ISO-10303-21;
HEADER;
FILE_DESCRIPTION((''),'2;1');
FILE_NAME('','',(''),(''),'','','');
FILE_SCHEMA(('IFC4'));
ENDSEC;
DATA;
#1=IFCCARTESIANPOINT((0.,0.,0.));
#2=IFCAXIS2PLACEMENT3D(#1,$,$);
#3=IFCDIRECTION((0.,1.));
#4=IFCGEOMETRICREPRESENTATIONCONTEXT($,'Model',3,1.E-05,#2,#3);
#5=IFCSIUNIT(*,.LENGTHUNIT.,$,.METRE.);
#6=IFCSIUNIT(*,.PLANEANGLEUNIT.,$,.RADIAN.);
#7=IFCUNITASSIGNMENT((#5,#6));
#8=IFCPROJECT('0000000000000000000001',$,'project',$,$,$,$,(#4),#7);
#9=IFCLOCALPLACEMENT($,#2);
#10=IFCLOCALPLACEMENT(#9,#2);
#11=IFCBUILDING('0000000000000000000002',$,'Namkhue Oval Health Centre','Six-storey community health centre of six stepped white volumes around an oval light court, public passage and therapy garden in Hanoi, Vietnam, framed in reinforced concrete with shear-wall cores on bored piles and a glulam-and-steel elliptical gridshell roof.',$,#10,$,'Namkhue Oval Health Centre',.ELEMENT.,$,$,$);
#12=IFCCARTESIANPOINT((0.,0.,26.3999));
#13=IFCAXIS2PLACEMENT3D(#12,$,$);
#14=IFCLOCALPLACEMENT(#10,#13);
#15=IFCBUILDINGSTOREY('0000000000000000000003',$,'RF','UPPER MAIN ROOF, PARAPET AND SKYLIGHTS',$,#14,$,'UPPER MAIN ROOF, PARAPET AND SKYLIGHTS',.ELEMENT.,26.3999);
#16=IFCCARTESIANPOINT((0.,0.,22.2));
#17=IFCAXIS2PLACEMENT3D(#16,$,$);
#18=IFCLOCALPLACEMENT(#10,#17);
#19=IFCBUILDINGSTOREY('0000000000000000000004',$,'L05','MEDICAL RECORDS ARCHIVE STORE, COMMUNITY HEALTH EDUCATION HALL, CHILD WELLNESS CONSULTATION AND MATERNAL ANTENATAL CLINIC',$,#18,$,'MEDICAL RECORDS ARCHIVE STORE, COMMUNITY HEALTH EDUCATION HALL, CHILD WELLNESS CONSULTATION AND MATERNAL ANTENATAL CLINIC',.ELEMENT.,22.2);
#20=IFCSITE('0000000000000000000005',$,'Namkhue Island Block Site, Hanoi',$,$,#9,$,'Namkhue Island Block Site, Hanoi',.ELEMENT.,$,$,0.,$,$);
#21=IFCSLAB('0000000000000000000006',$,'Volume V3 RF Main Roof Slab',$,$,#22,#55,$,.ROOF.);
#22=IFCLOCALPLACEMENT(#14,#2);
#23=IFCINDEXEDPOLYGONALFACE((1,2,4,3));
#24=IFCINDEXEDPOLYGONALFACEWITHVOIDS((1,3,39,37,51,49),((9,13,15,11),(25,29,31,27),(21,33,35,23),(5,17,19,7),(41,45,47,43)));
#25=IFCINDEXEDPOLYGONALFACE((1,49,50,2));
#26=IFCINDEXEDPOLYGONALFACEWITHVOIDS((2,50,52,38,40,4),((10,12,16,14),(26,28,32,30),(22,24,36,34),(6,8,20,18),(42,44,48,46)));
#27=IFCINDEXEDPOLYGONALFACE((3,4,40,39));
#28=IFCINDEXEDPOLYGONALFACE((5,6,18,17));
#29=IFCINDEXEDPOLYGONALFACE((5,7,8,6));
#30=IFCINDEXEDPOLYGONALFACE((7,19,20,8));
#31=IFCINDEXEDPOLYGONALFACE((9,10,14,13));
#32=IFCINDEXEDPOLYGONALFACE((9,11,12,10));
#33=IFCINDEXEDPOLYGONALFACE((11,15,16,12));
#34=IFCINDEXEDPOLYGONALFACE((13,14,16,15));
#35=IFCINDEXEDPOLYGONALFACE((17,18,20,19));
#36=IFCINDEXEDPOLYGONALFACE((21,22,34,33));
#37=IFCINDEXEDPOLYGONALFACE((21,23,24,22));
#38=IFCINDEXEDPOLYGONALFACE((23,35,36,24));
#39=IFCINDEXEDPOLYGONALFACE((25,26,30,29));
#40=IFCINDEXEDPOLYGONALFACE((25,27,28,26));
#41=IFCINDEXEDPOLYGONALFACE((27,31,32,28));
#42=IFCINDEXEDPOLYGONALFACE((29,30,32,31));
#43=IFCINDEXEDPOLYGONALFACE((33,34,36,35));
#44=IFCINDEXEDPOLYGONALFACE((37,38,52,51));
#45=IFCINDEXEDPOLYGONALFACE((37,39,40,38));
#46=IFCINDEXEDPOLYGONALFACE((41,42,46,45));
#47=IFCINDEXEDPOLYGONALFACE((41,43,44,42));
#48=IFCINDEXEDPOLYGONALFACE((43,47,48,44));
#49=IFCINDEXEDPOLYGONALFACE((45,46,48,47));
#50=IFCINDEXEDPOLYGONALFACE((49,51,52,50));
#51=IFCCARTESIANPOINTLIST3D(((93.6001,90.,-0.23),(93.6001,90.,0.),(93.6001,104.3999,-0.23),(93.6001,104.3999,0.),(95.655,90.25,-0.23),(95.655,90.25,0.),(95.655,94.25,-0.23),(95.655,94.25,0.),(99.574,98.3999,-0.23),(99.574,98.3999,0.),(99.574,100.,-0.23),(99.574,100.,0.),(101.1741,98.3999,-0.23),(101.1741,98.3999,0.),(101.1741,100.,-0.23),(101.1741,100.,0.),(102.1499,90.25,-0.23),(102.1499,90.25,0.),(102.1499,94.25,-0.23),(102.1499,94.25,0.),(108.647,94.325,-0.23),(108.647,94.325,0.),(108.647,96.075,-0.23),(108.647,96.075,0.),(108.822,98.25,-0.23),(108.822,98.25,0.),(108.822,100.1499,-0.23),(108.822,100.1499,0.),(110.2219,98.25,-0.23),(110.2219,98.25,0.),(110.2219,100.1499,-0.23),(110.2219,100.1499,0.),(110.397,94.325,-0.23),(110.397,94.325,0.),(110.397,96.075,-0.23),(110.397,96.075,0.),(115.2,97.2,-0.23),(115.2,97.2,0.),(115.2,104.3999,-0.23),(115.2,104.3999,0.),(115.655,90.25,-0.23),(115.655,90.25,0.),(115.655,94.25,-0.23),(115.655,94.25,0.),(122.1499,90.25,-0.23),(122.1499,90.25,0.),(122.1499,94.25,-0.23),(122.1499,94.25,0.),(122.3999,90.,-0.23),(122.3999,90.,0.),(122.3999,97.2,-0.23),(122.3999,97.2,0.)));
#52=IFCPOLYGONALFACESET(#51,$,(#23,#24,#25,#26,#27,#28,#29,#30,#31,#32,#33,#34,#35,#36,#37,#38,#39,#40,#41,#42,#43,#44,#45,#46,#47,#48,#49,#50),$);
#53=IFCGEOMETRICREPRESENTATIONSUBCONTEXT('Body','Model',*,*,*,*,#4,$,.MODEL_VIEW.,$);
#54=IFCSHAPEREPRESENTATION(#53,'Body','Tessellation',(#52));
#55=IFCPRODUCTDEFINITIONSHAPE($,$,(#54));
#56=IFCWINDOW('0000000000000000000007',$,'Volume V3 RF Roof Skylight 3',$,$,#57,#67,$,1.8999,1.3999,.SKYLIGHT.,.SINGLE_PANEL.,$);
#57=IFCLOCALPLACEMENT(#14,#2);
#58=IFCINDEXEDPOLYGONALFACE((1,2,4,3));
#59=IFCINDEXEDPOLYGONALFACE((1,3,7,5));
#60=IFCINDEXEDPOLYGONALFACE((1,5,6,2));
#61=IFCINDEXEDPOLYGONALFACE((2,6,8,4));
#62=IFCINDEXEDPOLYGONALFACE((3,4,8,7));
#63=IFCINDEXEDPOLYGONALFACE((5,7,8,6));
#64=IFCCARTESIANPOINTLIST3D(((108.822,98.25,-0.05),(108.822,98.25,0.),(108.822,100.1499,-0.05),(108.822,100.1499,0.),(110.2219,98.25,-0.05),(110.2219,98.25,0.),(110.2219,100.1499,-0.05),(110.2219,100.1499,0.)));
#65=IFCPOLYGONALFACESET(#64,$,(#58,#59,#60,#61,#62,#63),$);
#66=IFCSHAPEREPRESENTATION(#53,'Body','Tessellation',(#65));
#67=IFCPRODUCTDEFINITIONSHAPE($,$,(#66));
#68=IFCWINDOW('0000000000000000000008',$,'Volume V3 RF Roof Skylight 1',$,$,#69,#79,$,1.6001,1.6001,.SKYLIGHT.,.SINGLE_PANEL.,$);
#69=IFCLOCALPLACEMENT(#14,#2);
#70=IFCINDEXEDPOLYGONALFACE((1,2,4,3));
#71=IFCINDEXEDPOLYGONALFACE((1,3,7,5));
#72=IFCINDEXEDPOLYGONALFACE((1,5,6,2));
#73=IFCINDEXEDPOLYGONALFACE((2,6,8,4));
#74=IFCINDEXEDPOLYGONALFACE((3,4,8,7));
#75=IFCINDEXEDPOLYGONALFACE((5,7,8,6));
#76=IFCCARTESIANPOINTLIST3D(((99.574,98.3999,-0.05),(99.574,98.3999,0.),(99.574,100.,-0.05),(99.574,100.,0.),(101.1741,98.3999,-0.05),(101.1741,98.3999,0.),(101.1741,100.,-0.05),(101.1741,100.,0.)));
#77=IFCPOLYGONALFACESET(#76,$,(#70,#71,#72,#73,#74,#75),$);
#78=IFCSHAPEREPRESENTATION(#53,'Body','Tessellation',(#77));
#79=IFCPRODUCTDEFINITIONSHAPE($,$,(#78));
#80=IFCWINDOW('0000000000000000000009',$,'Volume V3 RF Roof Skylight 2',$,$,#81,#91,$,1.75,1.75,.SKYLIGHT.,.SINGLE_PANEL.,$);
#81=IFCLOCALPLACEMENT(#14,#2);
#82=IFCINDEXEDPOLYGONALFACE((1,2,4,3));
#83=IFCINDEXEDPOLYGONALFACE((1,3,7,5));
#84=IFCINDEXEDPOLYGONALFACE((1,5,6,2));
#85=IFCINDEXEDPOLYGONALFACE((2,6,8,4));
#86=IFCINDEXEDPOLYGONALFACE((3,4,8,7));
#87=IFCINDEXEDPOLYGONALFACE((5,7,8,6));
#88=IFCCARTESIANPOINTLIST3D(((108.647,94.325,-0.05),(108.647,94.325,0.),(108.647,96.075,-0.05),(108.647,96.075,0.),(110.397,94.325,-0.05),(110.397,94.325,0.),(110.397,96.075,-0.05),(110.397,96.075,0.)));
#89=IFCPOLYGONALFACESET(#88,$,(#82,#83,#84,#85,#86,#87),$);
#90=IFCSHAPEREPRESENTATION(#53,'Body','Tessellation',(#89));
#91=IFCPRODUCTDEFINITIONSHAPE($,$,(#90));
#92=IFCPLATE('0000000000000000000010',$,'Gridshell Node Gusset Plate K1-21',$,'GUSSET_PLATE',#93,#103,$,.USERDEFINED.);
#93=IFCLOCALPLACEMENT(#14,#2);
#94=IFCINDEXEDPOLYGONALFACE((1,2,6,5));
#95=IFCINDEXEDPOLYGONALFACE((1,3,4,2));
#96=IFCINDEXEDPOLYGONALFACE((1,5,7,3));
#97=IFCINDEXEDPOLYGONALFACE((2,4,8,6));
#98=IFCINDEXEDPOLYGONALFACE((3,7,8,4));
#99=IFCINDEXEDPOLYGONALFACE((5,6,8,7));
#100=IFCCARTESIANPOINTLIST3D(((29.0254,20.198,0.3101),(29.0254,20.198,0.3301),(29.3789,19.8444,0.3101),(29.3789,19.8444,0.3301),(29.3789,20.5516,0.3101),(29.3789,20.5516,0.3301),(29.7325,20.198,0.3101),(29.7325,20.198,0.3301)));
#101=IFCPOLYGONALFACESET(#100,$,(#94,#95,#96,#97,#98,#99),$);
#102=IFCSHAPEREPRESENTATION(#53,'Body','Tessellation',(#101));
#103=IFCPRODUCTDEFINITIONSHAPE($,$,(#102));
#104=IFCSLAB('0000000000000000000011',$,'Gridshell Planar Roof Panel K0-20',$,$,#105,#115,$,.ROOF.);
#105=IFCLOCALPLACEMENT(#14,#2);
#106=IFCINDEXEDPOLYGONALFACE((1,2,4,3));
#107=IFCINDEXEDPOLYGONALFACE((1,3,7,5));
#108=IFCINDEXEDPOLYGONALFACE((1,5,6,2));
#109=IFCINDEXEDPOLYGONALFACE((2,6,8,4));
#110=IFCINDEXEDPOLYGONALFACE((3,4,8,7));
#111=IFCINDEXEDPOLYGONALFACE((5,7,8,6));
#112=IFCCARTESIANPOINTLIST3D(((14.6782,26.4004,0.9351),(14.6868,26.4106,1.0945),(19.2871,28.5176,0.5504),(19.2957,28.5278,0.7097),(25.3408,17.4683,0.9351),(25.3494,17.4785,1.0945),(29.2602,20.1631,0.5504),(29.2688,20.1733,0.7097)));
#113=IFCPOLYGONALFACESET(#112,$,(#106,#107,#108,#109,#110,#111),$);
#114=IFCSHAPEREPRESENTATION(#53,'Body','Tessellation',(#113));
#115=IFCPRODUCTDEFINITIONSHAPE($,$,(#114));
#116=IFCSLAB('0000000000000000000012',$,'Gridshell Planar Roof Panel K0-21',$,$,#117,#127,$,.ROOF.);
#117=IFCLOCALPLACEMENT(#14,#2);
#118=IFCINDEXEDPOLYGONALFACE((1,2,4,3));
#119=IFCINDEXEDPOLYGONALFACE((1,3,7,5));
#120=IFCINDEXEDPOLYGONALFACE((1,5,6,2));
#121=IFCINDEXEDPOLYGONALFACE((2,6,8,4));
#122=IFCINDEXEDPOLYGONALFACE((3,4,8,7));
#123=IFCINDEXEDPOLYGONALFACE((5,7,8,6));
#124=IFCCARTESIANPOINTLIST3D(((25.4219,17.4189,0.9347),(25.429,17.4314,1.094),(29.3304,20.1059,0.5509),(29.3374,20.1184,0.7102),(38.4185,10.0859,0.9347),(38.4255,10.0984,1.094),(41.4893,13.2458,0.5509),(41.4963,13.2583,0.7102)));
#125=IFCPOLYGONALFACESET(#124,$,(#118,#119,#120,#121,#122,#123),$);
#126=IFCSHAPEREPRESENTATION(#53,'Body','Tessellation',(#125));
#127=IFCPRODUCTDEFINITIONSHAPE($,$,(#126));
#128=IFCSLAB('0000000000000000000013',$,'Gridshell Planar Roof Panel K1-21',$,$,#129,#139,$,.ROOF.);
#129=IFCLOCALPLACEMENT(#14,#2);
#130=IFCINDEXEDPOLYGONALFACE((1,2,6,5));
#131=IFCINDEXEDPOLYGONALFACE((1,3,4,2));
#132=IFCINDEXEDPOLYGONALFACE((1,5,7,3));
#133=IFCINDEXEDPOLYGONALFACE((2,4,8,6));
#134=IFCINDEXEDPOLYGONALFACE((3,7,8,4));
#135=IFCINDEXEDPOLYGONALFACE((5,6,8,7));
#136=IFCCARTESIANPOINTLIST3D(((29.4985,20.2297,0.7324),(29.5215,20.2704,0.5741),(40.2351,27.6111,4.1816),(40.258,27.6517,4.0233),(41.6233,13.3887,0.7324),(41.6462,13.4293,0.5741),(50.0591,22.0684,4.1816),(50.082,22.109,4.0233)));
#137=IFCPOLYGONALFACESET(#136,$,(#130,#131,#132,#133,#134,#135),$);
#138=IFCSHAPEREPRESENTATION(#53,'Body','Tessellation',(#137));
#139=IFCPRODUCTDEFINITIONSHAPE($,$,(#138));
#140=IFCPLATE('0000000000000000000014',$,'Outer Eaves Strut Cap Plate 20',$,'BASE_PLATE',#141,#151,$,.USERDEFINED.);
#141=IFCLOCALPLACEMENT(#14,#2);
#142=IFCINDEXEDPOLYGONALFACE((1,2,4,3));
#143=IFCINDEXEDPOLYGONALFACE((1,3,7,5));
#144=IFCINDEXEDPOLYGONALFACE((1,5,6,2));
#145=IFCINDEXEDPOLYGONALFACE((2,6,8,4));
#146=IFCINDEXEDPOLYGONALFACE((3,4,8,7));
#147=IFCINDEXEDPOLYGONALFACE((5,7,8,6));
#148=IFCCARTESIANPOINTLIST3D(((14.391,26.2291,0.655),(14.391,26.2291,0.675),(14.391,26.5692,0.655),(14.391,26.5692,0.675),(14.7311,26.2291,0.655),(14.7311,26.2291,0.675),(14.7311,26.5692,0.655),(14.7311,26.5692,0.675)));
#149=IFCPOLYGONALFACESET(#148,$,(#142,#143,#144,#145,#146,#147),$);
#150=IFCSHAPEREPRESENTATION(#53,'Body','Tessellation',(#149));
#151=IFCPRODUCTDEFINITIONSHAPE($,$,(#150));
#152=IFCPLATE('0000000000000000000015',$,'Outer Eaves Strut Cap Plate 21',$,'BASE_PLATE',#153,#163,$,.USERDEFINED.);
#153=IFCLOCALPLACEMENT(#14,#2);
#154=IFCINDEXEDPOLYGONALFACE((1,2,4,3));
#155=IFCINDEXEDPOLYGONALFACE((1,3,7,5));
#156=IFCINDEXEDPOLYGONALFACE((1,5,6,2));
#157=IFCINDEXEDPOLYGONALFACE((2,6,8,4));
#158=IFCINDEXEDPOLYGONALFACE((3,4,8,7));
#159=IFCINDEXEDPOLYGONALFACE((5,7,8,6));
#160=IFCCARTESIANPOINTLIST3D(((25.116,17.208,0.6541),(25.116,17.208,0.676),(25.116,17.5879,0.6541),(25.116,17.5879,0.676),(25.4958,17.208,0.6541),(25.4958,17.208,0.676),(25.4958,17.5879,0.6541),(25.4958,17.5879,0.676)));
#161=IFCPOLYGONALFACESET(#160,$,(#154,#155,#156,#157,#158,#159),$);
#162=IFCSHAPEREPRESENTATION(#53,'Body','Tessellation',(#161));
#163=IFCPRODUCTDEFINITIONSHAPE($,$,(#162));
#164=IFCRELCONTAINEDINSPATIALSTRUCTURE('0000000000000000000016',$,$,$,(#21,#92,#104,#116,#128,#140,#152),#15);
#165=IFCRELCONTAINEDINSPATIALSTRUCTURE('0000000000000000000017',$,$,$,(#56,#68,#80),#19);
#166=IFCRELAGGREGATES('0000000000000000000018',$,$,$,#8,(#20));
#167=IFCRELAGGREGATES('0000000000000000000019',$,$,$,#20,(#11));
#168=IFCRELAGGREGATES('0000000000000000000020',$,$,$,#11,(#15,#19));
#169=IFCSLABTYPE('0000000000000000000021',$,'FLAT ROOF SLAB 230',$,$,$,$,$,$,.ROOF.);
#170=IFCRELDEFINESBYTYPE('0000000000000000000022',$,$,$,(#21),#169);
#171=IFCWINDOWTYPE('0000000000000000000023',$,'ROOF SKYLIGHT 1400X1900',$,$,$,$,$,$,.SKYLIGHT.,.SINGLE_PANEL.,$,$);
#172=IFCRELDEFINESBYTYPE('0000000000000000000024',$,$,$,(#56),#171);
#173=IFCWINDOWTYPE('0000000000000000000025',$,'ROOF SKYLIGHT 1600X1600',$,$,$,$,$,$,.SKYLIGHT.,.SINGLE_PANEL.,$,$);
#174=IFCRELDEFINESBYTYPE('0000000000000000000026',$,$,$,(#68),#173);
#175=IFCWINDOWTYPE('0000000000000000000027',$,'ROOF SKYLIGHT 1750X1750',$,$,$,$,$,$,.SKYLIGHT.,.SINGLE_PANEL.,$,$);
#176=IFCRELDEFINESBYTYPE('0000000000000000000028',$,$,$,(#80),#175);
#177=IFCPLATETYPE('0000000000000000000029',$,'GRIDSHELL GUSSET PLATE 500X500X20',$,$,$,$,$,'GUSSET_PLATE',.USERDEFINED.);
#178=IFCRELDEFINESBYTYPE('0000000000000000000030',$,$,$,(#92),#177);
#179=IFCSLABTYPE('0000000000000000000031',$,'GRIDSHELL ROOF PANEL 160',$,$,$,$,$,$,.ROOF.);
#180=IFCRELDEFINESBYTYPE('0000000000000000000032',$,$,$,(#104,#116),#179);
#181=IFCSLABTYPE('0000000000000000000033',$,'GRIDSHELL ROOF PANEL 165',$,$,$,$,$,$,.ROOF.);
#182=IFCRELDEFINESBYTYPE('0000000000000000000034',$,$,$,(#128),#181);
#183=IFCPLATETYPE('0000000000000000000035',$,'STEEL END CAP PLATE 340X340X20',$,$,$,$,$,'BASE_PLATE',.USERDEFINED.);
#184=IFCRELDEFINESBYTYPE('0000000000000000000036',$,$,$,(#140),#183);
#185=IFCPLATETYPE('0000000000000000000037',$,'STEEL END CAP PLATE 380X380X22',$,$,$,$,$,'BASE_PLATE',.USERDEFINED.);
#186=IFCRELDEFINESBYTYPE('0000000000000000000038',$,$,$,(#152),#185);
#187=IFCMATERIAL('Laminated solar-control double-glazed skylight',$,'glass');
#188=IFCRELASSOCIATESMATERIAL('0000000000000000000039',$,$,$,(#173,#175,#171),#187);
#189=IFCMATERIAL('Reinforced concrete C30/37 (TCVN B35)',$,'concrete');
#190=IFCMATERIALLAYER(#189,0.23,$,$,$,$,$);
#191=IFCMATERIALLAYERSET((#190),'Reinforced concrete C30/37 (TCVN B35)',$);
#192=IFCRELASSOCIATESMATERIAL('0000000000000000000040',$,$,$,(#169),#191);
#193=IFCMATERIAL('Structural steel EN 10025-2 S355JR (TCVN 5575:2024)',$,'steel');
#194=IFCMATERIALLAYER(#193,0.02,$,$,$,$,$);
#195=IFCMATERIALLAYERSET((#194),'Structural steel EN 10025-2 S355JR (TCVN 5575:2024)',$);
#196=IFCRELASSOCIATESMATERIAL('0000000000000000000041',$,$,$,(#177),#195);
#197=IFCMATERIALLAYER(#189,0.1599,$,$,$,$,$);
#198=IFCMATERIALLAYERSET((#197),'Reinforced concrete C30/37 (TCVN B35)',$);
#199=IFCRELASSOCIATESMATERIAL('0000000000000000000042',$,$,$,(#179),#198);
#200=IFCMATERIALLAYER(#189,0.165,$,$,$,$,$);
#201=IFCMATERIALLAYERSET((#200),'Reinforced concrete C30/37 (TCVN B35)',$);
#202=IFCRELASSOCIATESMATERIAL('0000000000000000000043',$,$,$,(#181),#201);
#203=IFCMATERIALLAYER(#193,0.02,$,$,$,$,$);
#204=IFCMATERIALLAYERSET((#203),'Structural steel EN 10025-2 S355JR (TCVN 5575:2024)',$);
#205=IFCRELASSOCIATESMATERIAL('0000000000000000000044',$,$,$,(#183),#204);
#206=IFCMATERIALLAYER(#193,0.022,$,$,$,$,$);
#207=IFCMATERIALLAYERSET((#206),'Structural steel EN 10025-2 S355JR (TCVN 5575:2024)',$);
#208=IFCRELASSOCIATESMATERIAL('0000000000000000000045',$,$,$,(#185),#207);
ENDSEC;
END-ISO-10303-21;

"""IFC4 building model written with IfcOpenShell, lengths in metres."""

from ifc_helpers import new_model, si_unit, direction, frame, origin, origin_2d, place, context, subcontext, project, spatial, polyline, rectangle, outline, extrude, material, layer, layer_set, type_object, element, fill, save


model = new_model("IFC4")

# Units and contexts
model_context = context("Model", 3, precision=1e-05, world=origin(), true_north=direction((0.0, 1.0)))
body_context = subcontext(model_context, "Body", "Model", "MODEL_VIEW")
ifc_project = project(units=[si_unit("LENGTHUNIT", "METRE"), si_unit("PLANEANGLEUNIT", "RADIAN")], contexts=[model_context])

# Site, building, storey
site_placement = place(None, origin())
site = spatial("IfcSite", under=ifc_project, at=site_placement, Name="Namkhue Island Block Site, Hanoi", LongName="Namkhue Island Block Site, Hanoi", CompositionType="ELEMENT", RefElevation=0.0)
building_placement = place(site_placement, origin())
building = spatial("IfcBuilding", under=site, at=building_placement, Name="Namkhue Oval Health Centre", Description="Six-storey community health centre of six stepped white volumes around an oval light court, public passage and therapy garden in Hanoi, Vietnam, framed in reinforced concrete with shear-wall cores on bored piles and a glulam-and-steel elliptical gridshell roof.", LongName="Namkhue Oval Health Centre", CompositionType="ELEMENT")
storey_1_placement = place(building_placement, frame((0.0, 0.0, 26.3999)))
storey_1 = spatial("IfcBuildingStorey", under=building, at=storey_1_placement, Name="RF", Description="UPPER MAIN ROOF, PARAPET AND SKYLIGHTS", LongName="UPPER MAIN ROOF, PARAPET AND SKYLIGHTS", CompositionType="ELEMENT", Elevation=26.3999)

# Shared definitions
ifc_material_1 = material(Name="Structural steel EN 10025-2 S355JR (TCVN 5575:2024)", Category="steel")

# Shared definitions
ifc_material_2 = material(Name="Reinforced concrete C30/37 (TCVN B35)", Category="concrete")

# Shared definitions
storey_2_placement = place(building_placement, frame((0.0, 0.0, 22.2)))
storey_2 = spatial("IfcBuildingStorey", under=building, at=storey_2_placement, Name="L05", Description="MEDICAL RECORDS ARCHIVE STORE, COMMUNITY HEALTH EDUCATION HALL, CHILD WELLNESS CONSULTATION AND MATERNAL ANTENATAL CLINIC", LongName="MEDICAL RECORDS ARCHIVE STORE, COMMUNITY HEALTH EDUCATION HALL, CHILD WELLNESS CONSULTATION AND MATERNAL ANTENATAL CLINIC", CompositionType="ELEMENT", Elevation=22.2)

# Shared definitions
ifc_material_3 = material(Name="Laminated solar-control double-glazed skylight", Category="glass")
window_type_1 = type_object("IfcWindowType", Name="ROOF SKYLIGHT 1600X1600", PartitioningType="SINGLE_PANEL", PredefinedType="SKYLIGHT", material=ifc_material_3)
window_type_2 = type_object("IfcWindowType", Name="ROOF SKYLIGHT 1750X1750", PartitioningType="SINGLE_PANEL", PredefinedType="SKYLIGHT", material=ifc_material_3)

# Slab, openings, windows
ifc_layer_1 = layer(ifc_material_2, 0.23)
ifc_layer_set_1 = layer_set([ifc_layer_1], Name="Reinforced concrete C30/37 (TCVN B35)")
slab_type_1 = type_object("IfcSlabType", Name="FLAT ROOF SLAB 230", PredefinedType="ROOF", material=ifc_layer_set_1)
slab_1_placement = place(storey_1_placement, frame((0.0, 0.0, -0.23)))
slab_1 = element("IfcSlab", 1, at=slab_1_placement, inside=storey_1, type_object=slab_type_1, Name="Volume V3 RF Main Roof Slab", PredefinedType="ROOF", context=body_context, shape_type="SweptSolid", body=[
    extrude(outline(polyline([(93.6001, 90.0), (122.3999, 90.0), (122.3999, 97.2), (115.2, 97.2), (115.2, 104.3999), (93.6001, 104.3999), (93.6001, 90.0)]), holes=[polyline([(95.655, 90.25), (102.1499, 90.25), (102.1499, 94.25), (95.655, 94.25), (95.655, 90.25)]), polyline([(115.655, 90.25), (122.1499, 90.25), (122.1499, 94.25), (115.655, 94.25), (115.655, 90.25)])]), origin(), (0.0, 0.0, 1.0), 0.23),
])
opening_1_placement = place(slab_1_placement, frame((100.374, 99.2, 0.0)))
opening_1 = element("IfcOpeningElement", 2, at=opening_1_placement, cuts=slab_1, PredefinedType="OPENING", context=body_context, shape_type="SweptSolid", body=[
    extrude(rectangle(XDim=1.6001, YDim=1.6001, at=origin_2d()), frame((0.0, 0.0, -0.01)), (0.0, 0.0, 1.0), 0.25),
])
opening_2_placement = place(slab_1_placement, frame((109.522, 95.2, 0.0)))
opening_2 = element("IfcOpeningElement", 3, at=opening_2_placement, cuts=slab_1, PredefinedType="OPENING", context=body_context, shape_type="SweptSolid", body=[
    extrude(rectangle(XDim=1.75, YDim=1.75, at=origin_2d()), frame((0.0, 0.0, -0.01)), (0.0, 0.0, 1.0), 0.25),
])
opening_3_placement = place(slab_1_placement, frame((109.522, 99.2, 0.0)))
opening_3 = element("IfcOpeningElement", 4, at=opening_3_placement, cuts=slab_1, PredefinedType="OPENING", context=body_context, shape_type="SweptSolid", body=[
    extrude(rectangle(XDim=1.3999, YDim=1.8999, at=origin_2d()), frame((0.0, 0.0, -0.01)), (0.0, 0.0, 1.0), 0.25),
])
window_type_3 = type_object("IfcWindowType", Name="ROOF SKYLIGHT 1400X1900", PartitioningType="SINGLE_PANEL", PredefinedType="SKYLIGHT", material=ifc_material_3)
window_1_placement = place(opening_3_placement, frame((0.0, 0.0, 0.1799)))
window_1 = element("IfcWindow", 5, at=window_1_placement, inside=storey_2, type_object=window_type_3, Name="Volume V3 RF Roof Skylight 3", OverallHeight=1.8999, OverallWidth=1.3999, PartitioningType="SINGLE_PANEL", PredefinedType="SKYLIGHT", context=body_context, shape_type="SweptSolid", body=[
    extrude(rectangle(XDim=1.3999, YDim=1.8999, at=origin_2d()), origin(), (0.0, 0.0, 1.0), 0.05),
])
fill(opening_3, window_1)
window_2_placement = place(opening_1_placement, frame((0.0, 0.0, 0.1799)))
window_2 = element("IfcWindow", 6, at=window_2_placement, inside=storey_2, type_object=window_type_1, Name="Volume V3 RF Roof Skylight 1", OverallHeight=1.6001, OverallWidth=1.6001, PartitioningType="SINGLE_PANEL", PredefinedType="SKYLIGHT", context=body_context, shape_type="SweptSolid", body=[
    extrude(rectangle(XDim=1.6001, YDim=1.6001, at=origin_2d()), origin(), (0.0, 0.0, 1.0), 0.05),
])
fill(opening_1, window_2)
window_3_placement = place(opening_2_placement, frame((0.0, 0.0, 0.1799)))
window_3 = element("IfcWindow", 7, at=window_3_placement, inside=storey_2, type_object=window_type_2, Name="Volume V3 RF Roof Skylight 2", OverallHeight=1.75, OverallWidth=1.75, PartitioningType="SINGLE_PANEL", PredefinedType="SKYLIGHT", context=body_context, shape_type="SweptSolid", body=[
    extrude(rectangle(XDim=1.75, YDim=1.75, at=origin_2d()), origin(), (0.0, 0.0, 1.0), 0.05),
])
fill(opening_2, window_3)

# Plate
ifc_layer_2 = layer(ifc_material_1, 0.02)
ifc_layer_set_2 = layer_set([ifc_layer_2], Name="Structural steel EN 10025-2 S355JR (TCVN 5575:2024)")
plate_type_1 = type_object("IfcPlateType", Name="GRIDSHELL GUSSET PLATE 500X500X20", ElementType="GUSSET_PLATE", PredefinedType="USERDEFINED", material=ifc_layer_set_2)
plate_1_placement = place(storey_1_placement, frame((29.3789, 20.198, 0.3101), z_axis=(0.0, 0.0, 1.0), x_axis=(-0.707107, -0.707107, 0.0)))
element("IfcPlate", 8, at=plate_1_placement, inside=storey_1, type_object=plate_type_1, Name="Gridshell Node Gusset Plate K1-21", ObjectType="GUSSET_PLATE", PredefinedType="USERDEFINED", context=body_context, shape_type="SweptSolid", body=[
    extrude(rectangle(XDim=0.5, YDim=0.5, at=origin_2d()), origin(), (0.0, 0.0, 1.0), 0.02),
])

# Slabs
ifc_layer_3 = layer(ifc_material_2, 0.1599)
ifc_layer_set_3 = layer_set([ifc_layer_3], Name="Reinforced concrete C30/37 (TCVN B35)")
slab_type_2 = type_object("IfcSlabType", Name="GRIDSHELL ROOF PANEL 160", PredefinedType="ROOF", material=ifc_layer_set_3)
slab_2_placement = place(storey_1_placement, frame((14.6868, 26.4106, 1.0945), z_axis=(0.053728, 0.064137, 0.996494), x_axis=(0.76657, -0.642161, 0.0)))
element("IfcSlab", 9, at=slab_2_placement, inside=storey_1, type_object=slab_type_2, Name="Gridshell Planar Roof Panel K0-20", PredefinedType="ROOF", context=body_context, shape_type="SweptSolid", body=[
    extrude(outline(polyline([(0.0, 0.0), (13.9095, 0.0), (15.1835, 4.5988), (2.1735, 4.5987), (0.0, 0.0)])), origin(), (0.0, 0.0, -1.0), 0.1599),
])
slab_3_placement = place(storey_1_placement, frame((25.429, 17.4314, 1.094), z_axis=(0.044082, 0.07813, 0.995968), x_axis=(0.870933, -0.491403, 0.000001)))
element("IfcSlab", 10, at=slab_3_placement, inside=storey_1, type_object=slab_type_2, Name="Gridshell Planar Roof Panel K0-21", PredefinedType="ROOF", context=body_context, shape_type="SweptSolid", body=[
    extrude(outline(polyline([(0.0, 0.0), (14.9226, 0.0), (16.0443, 4.2783), (2.0836, 4.2781), (0.0, 0.0)])), origin(), (0.0, 0.0, -1.0), 0.1599),
])
ifc_layer_4 = layer(ifc_material_2, 0.165)
ifc_layer_set_4 = layer_set([ifc_layer_4], Name="Reinforced concrete C30/37 (TCVN B35)")
slab_type_3 = type_object("IfcSlabType", Name="GRIDSHELL ROOF PANEL 165", PredefinedType="ROOF", material=ifc_layer_set_4)
slab_4_placement = place(storey_1_placement, frame((29.4985, 20.2297, 0.7324), z_axis=(-0.138902, -0.246187, 0.959217), x_axis=(0.870934, -0.4914, -0.000002)))
element("IfcSlab", 11, at=slab_4_placement, inside=storey_1, type_object=slab_type_3, Name="Gridshell Planar Roof Panel K1-21", PredefinedType="ROOF", context=body_context, shape_type="SweptSolid", body=[
    extrude(outline(polyline([(0.0, 0.0), (13.9216, 0.0), (17.0034, 12.2024), (5.7236, 12.2023), (0.0, 0.0)])), origin(), (0.0, 0.0, -1.0), 0.165),
])

# Plates
ifc_layer_5 = layer(ifc_material_1, 0.02)
ifc_layer_set_5 = layer_set([ifc_layer_5], Name="Structural steel EN 10025-2 S355JR (TCVN 5575:2024)")
plate_type_2 = type_object("IfcPlateType", Name="STEEL END CAP PLATE 340X340X20", ElementType="BASE_PLATE", PredefinedType="USERDEFINED", material=ifc_layer_set_5)
plate_2_placement = place(storey_1_placement, frame((14.561, 26.3992, 0.655), z_axis=(0.0, 0.0, 1.0), x_axis=(1.0, 0.0, 0.0)))
element("IfcPlate", 12, at=plate_2_placement, inside=storey_1, type_object=plate_type_2, Name="Outer Eaves Strut Cap Plate 20", ObjectType="BASE_PLATE", PredefinedType="USERDEFINED", context=body_context, shape_type="SweptSolid", body=[
    extrude(rectangle(XDim=0.3401, YDim=0.3401, at=origin_2d()), origin(), (0.0, 0.0, 1.0), 0.02),
])
ifc_layer_6 = layer(ifc_material_1, 0.022)
ifc_layer_set_6 = layer_set([ifc_layer_6], Name="Structural steel EN 10025-2 S355JR (TCVN 5575:2024)")
plate_type_3 = type_object("IfcPlateType", Name="STEEL END CAP PLATE 380X380X22", ElementType="BASE_PLATE", PredefinedType="USERDEFINED", material=ifc_layer_set_6)
plate_3_placement = place(storey_1_placement, frame((25.3059, 17.3979, 0.6541), z_axis=(0.0, 0.0, 1.0), x_axis=(1.0, 0.0, 0.0)))
element("IfcPlate", 13, at=plate_3_placement, inside=storey_1, type_object=plate_type_3, Name="Outer Eaves Strut Cap Plate 21", ObjectType="BASE_PLATE", PredefinedType="USERDEFINED", context=body_context, shape_type="SweptSolid", body=[
    extrude(rectangle(XDim=0.3799, YDim=0.3799, at=origin_2d()), origin(), (0.0, 0.0, 1.0), 0.022),
])

save(model, "model.ifc")
